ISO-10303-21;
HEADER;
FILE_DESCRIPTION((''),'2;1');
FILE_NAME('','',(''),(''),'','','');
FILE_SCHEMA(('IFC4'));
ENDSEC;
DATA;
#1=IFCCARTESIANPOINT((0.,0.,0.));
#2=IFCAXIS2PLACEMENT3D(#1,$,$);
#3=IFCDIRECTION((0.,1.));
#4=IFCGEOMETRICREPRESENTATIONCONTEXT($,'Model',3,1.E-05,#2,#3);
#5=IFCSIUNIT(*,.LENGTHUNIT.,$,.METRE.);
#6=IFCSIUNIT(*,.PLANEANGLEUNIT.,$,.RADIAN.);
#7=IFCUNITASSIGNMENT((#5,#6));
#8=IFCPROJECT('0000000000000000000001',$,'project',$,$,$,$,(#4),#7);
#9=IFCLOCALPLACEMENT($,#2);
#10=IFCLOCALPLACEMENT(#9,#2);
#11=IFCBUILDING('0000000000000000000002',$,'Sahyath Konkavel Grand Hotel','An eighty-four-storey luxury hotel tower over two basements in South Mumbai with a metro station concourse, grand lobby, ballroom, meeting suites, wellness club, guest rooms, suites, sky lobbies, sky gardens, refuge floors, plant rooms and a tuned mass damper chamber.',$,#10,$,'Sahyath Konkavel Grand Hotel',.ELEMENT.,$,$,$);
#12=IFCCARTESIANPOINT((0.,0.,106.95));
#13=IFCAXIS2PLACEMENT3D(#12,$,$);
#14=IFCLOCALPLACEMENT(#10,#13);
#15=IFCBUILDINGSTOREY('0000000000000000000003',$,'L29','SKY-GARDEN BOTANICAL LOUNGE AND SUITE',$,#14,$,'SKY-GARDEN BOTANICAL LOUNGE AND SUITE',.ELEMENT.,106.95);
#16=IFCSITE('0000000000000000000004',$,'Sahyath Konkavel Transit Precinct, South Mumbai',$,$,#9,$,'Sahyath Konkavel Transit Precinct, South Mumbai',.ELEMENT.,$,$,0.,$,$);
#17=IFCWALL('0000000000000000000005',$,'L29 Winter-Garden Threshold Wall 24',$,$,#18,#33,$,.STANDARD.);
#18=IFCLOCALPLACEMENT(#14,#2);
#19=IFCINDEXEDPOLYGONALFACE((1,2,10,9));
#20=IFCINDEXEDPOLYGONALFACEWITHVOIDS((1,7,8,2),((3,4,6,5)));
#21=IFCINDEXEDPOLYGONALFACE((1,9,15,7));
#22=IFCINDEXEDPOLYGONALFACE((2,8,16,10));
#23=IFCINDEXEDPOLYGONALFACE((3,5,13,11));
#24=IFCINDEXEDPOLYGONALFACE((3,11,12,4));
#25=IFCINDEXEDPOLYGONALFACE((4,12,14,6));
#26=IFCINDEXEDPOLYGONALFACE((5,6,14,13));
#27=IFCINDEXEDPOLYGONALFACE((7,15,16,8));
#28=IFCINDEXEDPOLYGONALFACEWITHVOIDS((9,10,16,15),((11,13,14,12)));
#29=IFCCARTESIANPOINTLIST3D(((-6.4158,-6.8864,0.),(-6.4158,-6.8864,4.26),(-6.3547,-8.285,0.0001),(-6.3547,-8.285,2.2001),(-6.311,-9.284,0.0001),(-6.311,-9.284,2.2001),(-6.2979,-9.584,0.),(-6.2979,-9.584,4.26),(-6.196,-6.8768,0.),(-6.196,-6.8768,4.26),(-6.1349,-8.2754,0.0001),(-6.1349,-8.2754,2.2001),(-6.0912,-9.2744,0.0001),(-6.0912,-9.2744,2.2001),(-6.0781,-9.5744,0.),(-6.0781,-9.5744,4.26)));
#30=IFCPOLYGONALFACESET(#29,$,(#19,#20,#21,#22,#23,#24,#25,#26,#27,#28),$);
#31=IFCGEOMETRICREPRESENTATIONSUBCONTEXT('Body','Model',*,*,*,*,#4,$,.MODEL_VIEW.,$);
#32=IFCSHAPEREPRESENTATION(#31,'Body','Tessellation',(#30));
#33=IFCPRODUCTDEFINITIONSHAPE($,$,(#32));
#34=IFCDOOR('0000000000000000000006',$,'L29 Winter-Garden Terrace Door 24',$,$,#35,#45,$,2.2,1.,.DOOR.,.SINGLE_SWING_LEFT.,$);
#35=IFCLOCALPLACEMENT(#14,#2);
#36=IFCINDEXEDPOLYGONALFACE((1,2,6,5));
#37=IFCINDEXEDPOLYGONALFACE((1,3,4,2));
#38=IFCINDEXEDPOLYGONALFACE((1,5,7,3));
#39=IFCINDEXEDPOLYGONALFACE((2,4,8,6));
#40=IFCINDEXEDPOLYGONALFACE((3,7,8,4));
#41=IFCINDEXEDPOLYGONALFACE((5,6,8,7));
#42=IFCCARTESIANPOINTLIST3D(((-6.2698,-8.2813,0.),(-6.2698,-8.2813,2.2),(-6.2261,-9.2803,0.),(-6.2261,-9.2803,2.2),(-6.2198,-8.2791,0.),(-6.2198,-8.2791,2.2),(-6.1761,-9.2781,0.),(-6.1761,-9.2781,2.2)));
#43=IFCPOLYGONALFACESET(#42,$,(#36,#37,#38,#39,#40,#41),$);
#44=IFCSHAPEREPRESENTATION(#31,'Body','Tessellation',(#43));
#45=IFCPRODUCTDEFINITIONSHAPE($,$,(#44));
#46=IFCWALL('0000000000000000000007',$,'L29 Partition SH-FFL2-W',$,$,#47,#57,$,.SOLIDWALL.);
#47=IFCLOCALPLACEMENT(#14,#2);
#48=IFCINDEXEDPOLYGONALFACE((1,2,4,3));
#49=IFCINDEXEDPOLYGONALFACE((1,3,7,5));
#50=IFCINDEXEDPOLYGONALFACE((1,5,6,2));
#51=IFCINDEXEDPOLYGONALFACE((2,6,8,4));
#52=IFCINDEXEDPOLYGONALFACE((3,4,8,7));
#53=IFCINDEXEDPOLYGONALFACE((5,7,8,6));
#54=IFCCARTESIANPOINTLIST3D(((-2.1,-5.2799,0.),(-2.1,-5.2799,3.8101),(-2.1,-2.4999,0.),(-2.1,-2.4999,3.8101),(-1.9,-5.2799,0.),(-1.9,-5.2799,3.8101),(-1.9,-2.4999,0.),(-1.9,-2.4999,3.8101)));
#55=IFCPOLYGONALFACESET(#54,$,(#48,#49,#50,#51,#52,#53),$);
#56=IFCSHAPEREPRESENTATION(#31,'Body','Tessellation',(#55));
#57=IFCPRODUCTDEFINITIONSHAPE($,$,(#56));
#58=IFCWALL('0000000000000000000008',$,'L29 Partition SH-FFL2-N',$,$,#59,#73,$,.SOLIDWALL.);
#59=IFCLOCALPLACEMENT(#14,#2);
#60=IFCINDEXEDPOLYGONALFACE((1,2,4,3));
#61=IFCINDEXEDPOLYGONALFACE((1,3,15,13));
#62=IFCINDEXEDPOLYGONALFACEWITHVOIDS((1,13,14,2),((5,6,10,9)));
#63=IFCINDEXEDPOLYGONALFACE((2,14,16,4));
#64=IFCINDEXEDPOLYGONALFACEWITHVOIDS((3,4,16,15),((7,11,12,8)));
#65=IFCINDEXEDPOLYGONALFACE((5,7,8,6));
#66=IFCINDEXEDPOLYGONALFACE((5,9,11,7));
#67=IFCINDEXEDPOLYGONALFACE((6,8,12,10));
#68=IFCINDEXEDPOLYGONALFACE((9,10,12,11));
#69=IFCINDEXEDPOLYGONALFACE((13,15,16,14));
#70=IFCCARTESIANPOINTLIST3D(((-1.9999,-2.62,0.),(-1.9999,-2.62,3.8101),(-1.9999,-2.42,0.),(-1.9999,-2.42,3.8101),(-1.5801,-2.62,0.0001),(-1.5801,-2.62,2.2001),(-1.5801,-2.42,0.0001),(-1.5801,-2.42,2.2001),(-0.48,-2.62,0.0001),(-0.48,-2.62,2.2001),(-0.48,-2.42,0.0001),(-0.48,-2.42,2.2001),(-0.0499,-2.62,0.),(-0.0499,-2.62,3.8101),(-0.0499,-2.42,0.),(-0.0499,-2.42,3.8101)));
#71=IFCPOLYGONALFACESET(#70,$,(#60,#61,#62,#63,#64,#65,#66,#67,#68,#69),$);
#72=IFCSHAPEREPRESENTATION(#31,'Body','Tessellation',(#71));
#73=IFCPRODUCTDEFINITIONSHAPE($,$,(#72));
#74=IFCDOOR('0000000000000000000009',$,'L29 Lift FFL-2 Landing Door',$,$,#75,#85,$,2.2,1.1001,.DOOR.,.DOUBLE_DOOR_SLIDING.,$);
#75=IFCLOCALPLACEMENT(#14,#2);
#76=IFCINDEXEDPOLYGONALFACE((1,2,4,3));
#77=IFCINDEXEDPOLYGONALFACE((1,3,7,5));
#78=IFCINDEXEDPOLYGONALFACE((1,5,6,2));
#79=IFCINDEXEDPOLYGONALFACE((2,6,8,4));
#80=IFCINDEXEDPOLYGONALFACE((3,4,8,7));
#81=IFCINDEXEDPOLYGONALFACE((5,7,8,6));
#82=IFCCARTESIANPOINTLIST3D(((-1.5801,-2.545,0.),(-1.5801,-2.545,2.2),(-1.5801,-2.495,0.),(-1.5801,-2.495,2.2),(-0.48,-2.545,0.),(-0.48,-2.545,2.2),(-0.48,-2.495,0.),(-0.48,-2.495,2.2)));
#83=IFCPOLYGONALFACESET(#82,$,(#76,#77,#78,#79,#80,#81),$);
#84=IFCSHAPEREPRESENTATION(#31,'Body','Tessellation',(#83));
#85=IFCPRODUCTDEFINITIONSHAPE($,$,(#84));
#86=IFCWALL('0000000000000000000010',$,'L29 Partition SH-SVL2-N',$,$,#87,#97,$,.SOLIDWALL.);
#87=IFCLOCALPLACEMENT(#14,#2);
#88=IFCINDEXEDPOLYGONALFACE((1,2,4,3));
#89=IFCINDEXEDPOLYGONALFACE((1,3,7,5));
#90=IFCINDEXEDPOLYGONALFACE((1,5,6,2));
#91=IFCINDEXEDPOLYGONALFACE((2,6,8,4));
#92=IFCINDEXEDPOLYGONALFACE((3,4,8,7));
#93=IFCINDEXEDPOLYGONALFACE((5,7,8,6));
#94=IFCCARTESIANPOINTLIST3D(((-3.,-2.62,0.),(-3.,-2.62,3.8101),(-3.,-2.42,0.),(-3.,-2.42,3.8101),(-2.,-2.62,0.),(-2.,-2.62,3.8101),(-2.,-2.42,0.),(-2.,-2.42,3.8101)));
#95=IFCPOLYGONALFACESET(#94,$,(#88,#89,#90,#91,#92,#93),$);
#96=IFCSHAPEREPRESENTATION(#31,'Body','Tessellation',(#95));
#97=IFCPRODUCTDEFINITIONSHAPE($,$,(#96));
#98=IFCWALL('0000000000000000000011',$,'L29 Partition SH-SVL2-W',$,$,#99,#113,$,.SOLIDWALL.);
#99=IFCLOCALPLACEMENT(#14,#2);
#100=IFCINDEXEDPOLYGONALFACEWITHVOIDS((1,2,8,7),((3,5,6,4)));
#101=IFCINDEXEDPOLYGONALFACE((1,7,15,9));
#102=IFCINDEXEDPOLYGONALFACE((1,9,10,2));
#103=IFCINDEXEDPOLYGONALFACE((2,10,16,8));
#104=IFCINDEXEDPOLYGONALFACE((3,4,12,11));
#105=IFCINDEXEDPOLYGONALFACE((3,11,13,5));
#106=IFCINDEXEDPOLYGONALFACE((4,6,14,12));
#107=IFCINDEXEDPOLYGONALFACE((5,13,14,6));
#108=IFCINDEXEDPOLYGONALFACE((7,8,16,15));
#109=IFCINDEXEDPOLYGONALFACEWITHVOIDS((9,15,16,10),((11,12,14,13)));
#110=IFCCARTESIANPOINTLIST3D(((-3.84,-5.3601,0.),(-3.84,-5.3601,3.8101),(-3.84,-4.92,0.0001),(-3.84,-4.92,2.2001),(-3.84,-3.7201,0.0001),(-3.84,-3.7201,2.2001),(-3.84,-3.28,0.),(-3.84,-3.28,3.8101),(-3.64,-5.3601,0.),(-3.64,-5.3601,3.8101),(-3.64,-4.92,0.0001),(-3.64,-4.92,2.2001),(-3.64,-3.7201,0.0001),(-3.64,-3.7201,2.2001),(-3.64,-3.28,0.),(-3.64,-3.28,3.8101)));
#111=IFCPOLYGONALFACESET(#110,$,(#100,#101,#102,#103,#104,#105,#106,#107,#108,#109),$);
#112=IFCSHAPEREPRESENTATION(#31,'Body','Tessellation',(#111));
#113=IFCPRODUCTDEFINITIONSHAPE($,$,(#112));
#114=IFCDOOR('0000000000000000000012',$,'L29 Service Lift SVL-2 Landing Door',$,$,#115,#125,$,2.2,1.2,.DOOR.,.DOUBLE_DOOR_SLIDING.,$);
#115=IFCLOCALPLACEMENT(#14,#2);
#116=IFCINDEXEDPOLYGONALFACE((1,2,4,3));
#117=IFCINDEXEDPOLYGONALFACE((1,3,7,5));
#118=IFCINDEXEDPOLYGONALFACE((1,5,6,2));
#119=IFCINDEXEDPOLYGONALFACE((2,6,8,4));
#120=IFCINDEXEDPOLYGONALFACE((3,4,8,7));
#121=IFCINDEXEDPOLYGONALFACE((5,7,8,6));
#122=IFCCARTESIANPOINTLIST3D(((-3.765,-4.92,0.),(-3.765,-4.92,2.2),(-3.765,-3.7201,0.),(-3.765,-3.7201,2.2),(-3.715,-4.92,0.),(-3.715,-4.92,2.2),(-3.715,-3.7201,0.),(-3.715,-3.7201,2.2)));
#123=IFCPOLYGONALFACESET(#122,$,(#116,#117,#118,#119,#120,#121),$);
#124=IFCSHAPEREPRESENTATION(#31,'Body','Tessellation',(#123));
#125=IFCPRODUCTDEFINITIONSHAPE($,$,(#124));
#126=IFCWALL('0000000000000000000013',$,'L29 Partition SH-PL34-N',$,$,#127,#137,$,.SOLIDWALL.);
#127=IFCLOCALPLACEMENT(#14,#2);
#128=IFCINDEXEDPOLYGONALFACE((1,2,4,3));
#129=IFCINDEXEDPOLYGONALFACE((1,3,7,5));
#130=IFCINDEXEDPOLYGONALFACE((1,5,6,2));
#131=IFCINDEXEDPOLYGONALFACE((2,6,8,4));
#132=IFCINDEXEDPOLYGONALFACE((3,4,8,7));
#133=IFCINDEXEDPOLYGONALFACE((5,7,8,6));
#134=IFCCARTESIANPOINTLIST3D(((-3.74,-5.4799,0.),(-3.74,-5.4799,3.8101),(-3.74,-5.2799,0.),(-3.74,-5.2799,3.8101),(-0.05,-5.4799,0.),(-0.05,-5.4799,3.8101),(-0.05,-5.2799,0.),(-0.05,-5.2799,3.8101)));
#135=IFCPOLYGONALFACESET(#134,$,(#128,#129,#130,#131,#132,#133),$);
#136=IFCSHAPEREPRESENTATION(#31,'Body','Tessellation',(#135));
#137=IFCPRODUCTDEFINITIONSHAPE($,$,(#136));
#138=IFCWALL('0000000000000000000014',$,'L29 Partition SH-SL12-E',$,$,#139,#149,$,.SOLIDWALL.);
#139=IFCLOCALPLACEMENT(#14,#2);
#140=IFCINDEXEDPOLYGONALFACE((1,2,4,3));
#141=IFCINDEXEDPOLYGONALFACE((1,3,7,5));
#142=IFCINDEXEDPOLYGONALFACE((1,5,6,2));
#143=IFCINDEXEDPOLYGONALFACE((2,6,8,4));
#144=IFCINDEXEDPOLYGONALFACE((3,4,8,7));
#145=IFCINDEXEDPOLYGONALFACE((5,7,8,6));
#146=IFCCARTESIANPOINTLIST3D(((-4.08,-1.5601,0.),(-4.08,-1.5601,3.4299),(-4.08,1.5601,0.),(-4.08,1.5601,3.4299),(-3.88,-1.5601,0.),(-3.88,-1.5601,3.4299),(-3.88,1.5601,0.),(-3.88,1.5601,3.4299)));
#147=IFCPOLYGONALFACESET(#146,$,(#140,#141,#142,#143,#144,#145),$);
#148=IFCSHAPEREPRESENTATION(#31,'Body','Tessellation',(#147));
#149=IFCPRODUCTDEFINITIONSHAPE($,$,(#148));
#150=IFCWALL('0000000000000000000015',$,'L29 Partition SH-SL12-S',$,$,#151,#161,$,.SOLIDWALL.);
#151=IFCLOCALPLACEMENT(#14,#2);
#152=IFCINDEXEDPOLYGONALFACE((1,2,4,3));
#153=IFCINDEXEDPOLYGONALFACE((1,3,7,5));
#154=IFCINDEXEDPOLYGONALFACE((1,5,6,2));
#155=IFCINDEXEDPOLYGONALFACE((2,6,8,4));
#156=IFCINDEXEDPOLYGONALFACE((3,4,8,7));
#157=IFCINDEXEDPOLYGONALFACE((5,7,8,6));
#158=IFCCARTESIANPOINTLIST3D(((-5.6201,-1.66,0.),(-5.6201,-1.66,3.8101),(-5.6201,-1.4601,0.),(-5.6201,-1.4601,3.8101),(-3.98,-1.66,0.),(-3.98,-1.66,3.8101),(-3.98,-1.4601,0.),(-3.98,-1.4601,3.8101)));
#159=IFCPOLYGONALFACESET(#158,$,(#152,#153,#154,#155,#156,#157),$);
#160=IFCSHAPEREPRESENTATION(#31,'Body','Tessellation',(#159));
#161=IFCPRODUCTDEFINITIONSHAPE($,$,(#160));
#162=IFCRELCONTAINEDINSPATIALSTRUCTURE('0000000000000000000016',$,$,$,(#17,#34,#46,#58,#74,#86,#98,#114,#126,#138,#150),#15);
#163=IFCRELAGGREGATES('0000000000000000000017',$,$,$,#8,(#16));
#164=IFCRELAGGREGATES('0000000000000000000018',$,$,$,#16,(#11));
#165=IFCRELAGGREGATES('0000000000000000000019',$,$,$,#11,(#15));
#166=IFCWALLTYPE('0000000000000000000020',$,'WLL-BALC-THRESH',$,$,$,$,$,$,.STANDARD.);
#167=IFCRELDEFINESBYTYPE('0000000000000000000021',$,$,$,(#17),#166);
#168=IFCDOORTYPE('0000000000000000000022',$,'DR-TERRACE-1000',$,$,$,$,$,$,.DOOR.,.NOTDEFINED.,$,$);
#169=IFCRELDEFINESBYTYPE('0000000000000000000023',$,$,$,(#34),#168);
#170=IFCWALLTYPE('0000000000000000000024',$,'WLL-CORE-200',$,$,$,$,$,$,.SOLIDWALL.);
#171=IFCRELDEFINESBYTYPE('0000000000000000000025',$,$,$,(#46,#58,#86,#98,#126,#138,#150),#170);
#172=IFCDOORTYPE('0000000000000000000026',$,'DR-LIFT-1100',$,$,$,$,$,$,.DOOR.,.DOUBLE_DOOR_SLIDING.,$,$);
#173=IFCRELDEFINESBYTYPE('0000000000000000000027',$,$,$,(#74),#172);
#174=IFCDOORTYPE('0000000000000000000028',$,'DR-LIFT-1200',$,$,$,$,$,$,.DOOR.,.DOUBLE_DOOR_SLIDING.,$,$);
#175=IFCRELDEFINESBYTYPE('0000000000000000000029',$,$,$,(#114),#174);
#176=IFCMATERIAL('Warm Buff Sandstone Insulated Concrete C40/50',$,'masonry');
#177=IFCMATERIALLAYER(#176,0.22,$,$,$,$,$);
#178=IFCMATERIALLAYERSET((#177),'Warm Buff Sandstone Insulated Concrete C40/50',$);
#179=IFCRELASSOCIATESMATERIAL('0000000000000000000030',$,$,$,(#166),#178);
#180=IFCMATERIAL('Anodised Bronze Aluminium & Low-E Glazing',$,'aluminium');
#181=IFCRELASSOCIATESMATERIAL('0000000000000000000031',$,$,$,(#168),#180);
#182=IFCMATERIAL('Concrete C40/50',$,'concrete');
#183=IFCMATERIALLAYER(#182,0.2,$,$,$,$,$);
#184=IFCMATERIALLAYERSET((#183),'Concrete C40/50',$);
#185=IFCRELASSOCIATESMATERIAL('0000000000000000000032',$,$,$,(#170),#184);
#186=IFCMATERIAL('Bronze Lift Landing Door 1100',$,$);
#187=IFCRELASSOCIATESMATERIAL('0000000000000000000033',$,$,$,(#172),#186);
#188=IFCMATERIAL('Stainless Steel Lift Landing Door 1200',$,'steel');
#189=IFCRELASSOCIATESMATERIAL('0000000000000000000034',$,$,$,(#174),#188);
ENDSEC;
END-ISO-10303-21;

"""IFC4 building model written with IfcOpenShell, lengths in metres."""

from ifc_helpers import new_model, si_unit, direction, frame, frame_2d, origin, origin_2d, place, context, subcontext, project, spatial, rectangle, extrude, source, transform, mapped, material, layer, layer_set, type_object, element, fill, save


model = new_model("IFC4")

# Units and contexts
model_context = context("Model", 3, precision=1e-05, world=origin(), true_north=direction((0.0, 1.0)))
body_context = subcontext(model_context, "Body", "Model", "MODEL_VIEW")
ifc_project = project(units=[si_unit("LENGTHUNIT", "METRE"), si_unit("PLANEANGLEUNIT", "RADIAN")], contexts=[model_context])

# Site, building, storey
site_placement = place(None, origin())
site = spatial("IfcSite", under=ifc_project, at=site_placement, Name="Sahyath Konkavel Transit Precinct, South Mumbai", LongName="Sahyath Konkavel Transit Precinct, South Mumbai", CompositionType="ELEMENT", RefElevation=0.0)
building_placement = place(site_placement, origin())
building = spatial("IfcBuilding", under=site, at=building_placement, Name="Sahyath Konkavel Grand Hotel", Description="An eighty-four-storey luxury hotel tower over two basements in South Mumbai with a metro station concourse, grand lobby, ballroom, meeting suites, wellness club, guest rooms, suites, sky lobbies, sky gardens, refuge floors, plant rooms and a tuned mass damper chamber.", LongName="Sahyath Konkavel Grand Hotel", CompositionType="ELEMENT")
storey_placement = place(building_placement, frame((0.0, 0.0, 106.95)))
storey = spatial("IfcBuildingStorey", under=building, at=storey_placement, Name="L29", Description="SKY-GARDEN BOTANICAL LOUNGE AND SUITE", LongName="SKY-GARDEN BOTANICAL LOUNGE AND SUITE", CompositionType="ELEMENT", Elevation=106.95)

# Shared definitions
ifc_material_1 = material(Name="Anodised Bronze Aluminium & Low-E Glazing", Category="aluminium")

# Wall, opening, door
ifc_material_2 = material(Name="Warm Buff Sandstone Insulated Concrete C40/50", Category="masonry")
ifc_layer_1 = layer(ifc_material_2, 0.22)
ifc_layer_set_1 = layer_set([ifc_layer_1], Name="Warm Buff Sandstone Insulated Concrete C40/50")
wall_type_1 = type_object("IfcWallType", Name="WLL-BALC-THRESH", PredefinedType="STANDARD", material=ifc_layer_set_1)
wall_1_placement = place(storey_placement, frame((-6.3059, -6.8816, 0.0), z_axis=(0.0, 0.0, 1.0), x_axis=(0.043673, -0.999046, 0.0)))
wall_1 = element("IfcWall", 1, at=wall_1_placement, inside=storey, type_object=wall_type_1, Name="L29 Winter-Garden Threshold Wall 24", PredefinedType="STANDARD", context=body_context, shape_type="SweptSolid", body=[
    extrude(rectangle(XDim=2.7002, YDim=0.22, at=frame_2d((1.3501, 0.0))), origin(), (0.0, 0.0, 1.0), 4.26),
])
opening_1_placement = place(wall_1_placement, frame((1.3999, 0.0, 0.0)))
opening_1 = element("IfcOpeningElement", 2, at=opening_1_placement, cuts=wall_1, PredefinedType="OPENING", context=body_context, shape_type="SweptSolid", body=[
    extrude(rectangle(XDim=1.0, YDim=2.2, at=frame_2d((0.5, 1.1001))), frame((0.0, 0.1201, 0.0), z_axis=(0.0, -1.0, 0.0), x_axis=(1.0, 0.0, 0.0)), (0.0, 0.0, 1.0), 0.24),
])
door_type_1 = type_object("IfcDoorType", Name="DR-TERRACE-1000", OperationType="NOTDEFINED", PredefinedType="DOOR", material=ifc_material_1)
shared_shape_1 = source(origin(), body_context, "Body", "SweptSolid", [
    extrude(rectangle(XDim=1.0, YDim=0.05, at=origin_2d()), origin(), (0.0, 0.0, 1.0), 2.2),
])
door_1_placement = place(opening_1_placement, frame((0.5, 0.0, 0.0)))
door_1 = element("IfcDoor", 3, at=door_1_placement, inside=storey, type_object=door_type_1, Name="L29 Winter-Garden Terrace Door 24", OperationType="SINGLE_SWING_LEFT", OverallHeight=2.2, OverallWidth=1.0, PredefinedType="DOOR", context=body_context, shape_type="MappedRepresentation", body=[
    mapped(shared_shape_1, transform((0.0, 0.0, 0.0), scale=1.0)),
])
fill(opening_1, door_1)

# Wall
ifc_material_3 = material(Name="Concrete C40/50", Category="concrete")
ifc_layer_2 = layer(ifc_material_3, 0.2)
ifc_layer_set_2 = layer_set([ifc_layer_2], Name="Concrete C40/50")
wall_type_2 = type_object("IfcWallType", Name="WLL-CORE-200", PredefinedType="SOLIDWALL", material=ifc_layer_set_2)
wall_2_placement = place(storey_placement, frame((-2.0, -5.28, 0.0), z_axis=(0.0, 0.0, 1.0), x_axis=(0.0, 1.0, 0.0)))
element("IfcWall", 4, at=wall_2_placement, inside=storey, type_object=wall_type_2, Name="L29 Partition SH-FFL2-W", PredefinedType="SOLIDWALL", context=body_context, shape_type="SweptSolid", body=[
    extrude(rectangle(XDim=2.78, YDim=0.2, at=frame_2d((1.3901, 0.0))), origin(), (0.0, 0.0, 1.0), 3.8101),
])

# Wall, opening, door
wall_3_placement = place(storey_placement, frame((-2.0, -2.52, 0.0), z_axis=(0.0, 0.0, 1.0), x_axis=(1.0, 0.0, 0.0)))
wall_3 = element("IfcWall", 5, at=wall_3_placement, inside=storey, type_object=wall_type_2, Name="L29 Partition SH-FFL2-N", PredefinedType="SOLIDWALL", context=body_context, shape_type="SweptSolid", body=[
    extrude(rectangle(XDim=1.95, YDim=0.2, at=frame_2d((0.9751, 0.0))), origin(), (0.0, 0.0, 1.0), 3.8101),
])
opening_2_placement = place(wall_3_placement, frame((0.4199, 0.0, 0.0)))
opening_2 = element("IfcOpeningElement", 6, at=opening_2_placement, cuts=wall_3, PredefinedType="OPENING", context=body_context, shape_type="SweptSolid", body=[
    extrude(rectangle(XDim=1.1001, YDim=2.2, at=frame_2d((0.55, 1.1001))), frame((0.0, 0.1099, 0.0), z_axis=(0.0, -1.0, 0.0), x_axis=(1.0, 0.0, 0.0)), (0.0, 0.0, 1.0), 0.22),
])
ifc_material_4 = material(Name="Bronze Lift Landing Door 1100")
door_type_2 = type_object("IfcDoorType", Name="DR-LIFT-1100", OperationType="DOUBLE_DOOR_SLIDING", PredefinedType="DOOR", material=ifc_material_4)
shared_shape_2 = source(origin(), body_context, "Body", "SweptSolid", [
    extrude(rectangle(XDim=1.1001, YDim=0.05, at=origin_2d()), origin(), (0.0, 0.0, 1.0), 2.2),
])
door_2_placement = place(opening_2_placement, frame((0.55, 0.0, 0.0)))
door_2 = element("IfcDoor", 7, at=door_2_placement, inside=storey, type_object=door_type_2, Name="L29 Lift FFL-2 Landing Door", OperationType="DOUBLE_DOOR_SLIDING", OverallHeight=2.2, OverallWidth=1.1001, PredefinedType="DOOR", context=body_context, shape_type="MappedRepresentation", body=[
    mapped(shared_shape_2, transform((0.0, 0.0, 0.0), scale=1.0)),
])
fill(opening_2, door_2)

# Wall
wall_4_placement = place(storey_placement, frame((-3.0, -2.52, 0.0), z_axis=(0.0, 0.0, 1.0), x_axis=(1.0, 0.0, 0.0)))
element("IfcWall", 8, at=wall_4_placement, inside=storey, type_object=wall_type_2, Name="L29 Partition SH-SVL2-N", PredefinedType="SOLIDWALL", context=body_context, shape_type="SweptSolid", body=[
    extrude(rectangle(XDim=1.0, YDim=0.2, at=frame_2d((0.5, 0.0))), origin(), (0.0, 0.0, 1.0), 3.8101),
])

# Wall, opening, door
wall_5_placement = place(storey_placement, frame((-3.74, -5.3601, 0.0), z_axis=(0.0, 0.0, 1.0), x_axis=(0.0, 1.0, 0.0)))
wall_5 = element("IfcWall", 9, at=wall_5_placement, inside=storey, type_object=wall_type_2, Name="L29 Partition SH-SVL2-W", PredefinedType="SOLIDWALL", context=body_context, shape_type="SweptSolid", body=[
    extrude(rectangle(XDim=2.0801, YDim=0.2, at=frame_2d((1.04, 0.0))), origin(), (0.0, 0.0, 1.0), 3.8101),
])
opening_3_placement = place(wall_5_placement, frame((0.4399, 0.0, 0.0)))
opening_3 = element("IfcOpeningElement", 10, at=opening_3_placement, cuts=wall_5, PredefinedType="OPENING", context=body_context, shape_type="SweptSolid", body=[
    extrude(rectangle(XDim=1.2, YDim=2.2, at=frame_2d((0.6001, 1.1001))), frame((0.0, 0.1099, 0.0), z_axis=(0.0, -1.0, 0.0), x_axis=(1.0, 0.0, 0.0)), (0.0, 0.0, 1.0), 0.22),
])
ifc_material_5 = material(Name="Stainless Steel Lift Landing Door 1200", Category="steel")
door_type_3 = type_object("IfcDoorType", Name="DR-LIFT-1200", OperationType="DOUBLE_DOOR_SLIDING", PredefinedType="DOOR", material=ifc_material_5)
shared_shape_3 = source(origin(), body_context, "Body", "SweptSolid", [
    extrude(rectangle(XDim=1.2, YDim=0.05, at=origin_2d()), origin(), (0.0, 0.0, 1.0), 2.2),
])
door_3_placement = place(opening_3_placement, frame((0.6001, 0.0, 0.0)))
door_3 = element("IfcDoor", 11, at=door_3_placement, inside=storey, type_object=door_type_3, Name="L29 Service Lift SVL-2 Landing Door", OperationType="DOUBLE_DOOR_SLIDING", OverallHeight=2.2, OverallWidth=1.2, PredefinedType="DOOR", context=body_context, shape_type="MappedRepresentation", body=[
    mapped(shared_shape_3, transform((0.0, 0.0, 0.0), scale=1.0)),
])
fill(opening_3, door_3)

# Walls
wall_6_placement = place(storey_placement, frame((-3.74, -5.3799, 0.0), z_axis=(0.0, 0.0, 1.0), x_axis=(1.0, 0.0, 0.0)))
element("IfcWall", 12, at=wall_6_placement, inside=storey, type_object=wall_type_2, Name="L29 Partition SH-PL34-N", PredefinedType="SOLIDWALL", context=body_context, shape_type="SweptSolid", body=[
    extrude(rectangle(XDim=3.6899, YDim=0.2, at=frame_2d((1.845, 0.0))), origin(), (0.0, 0.0, 1.0), 3.8101),
])
wall_7_placement = place(storey_placement, frame((-3.98, -1.5601, 0.0), z_axis=(0.0, 0.0, 1.0), x_axis=(0.0, 1.0, 0.0)))
element("IfcWall", 13, at=wall_7_placement, inside=storey, type_object=wall_type_2, Name="L29 Partition SH-SL12-E", PredefinedType="SOLIDWALL", context=body_context, shape_type="SweptSolid", body=[
    extrude(rectangle(XDim=3.1201, YDim=0.2, at=frame_2d((1.5601, 0.0))), origin(), (0.0, 0.0, 1.0), 3.4299),
])
wall_8_placement = place(storey_placement, frame((-5.6201, -1.5601, 0.0), z_axis=(0.0, 0.0, 1.0), x_axis=(1.0, 0.0, 0.0)))
element("IfcWall", 14, at=wall_8_placement, inside=storey, type_object=wall_type_2, Name="L29 Partition SH-SL12-S", PredefinedType="SOLIDWALL", context=body_context, shape_type="SweptSolid", body=[
    extrude(rectangle(XDim=1.6401, YDim=0.2, at=frame_2d((0.8201, 0.0))), origin(), (0.0, 0.0, 1.0), 3.8101),
])

save(model, "model.ifc")
